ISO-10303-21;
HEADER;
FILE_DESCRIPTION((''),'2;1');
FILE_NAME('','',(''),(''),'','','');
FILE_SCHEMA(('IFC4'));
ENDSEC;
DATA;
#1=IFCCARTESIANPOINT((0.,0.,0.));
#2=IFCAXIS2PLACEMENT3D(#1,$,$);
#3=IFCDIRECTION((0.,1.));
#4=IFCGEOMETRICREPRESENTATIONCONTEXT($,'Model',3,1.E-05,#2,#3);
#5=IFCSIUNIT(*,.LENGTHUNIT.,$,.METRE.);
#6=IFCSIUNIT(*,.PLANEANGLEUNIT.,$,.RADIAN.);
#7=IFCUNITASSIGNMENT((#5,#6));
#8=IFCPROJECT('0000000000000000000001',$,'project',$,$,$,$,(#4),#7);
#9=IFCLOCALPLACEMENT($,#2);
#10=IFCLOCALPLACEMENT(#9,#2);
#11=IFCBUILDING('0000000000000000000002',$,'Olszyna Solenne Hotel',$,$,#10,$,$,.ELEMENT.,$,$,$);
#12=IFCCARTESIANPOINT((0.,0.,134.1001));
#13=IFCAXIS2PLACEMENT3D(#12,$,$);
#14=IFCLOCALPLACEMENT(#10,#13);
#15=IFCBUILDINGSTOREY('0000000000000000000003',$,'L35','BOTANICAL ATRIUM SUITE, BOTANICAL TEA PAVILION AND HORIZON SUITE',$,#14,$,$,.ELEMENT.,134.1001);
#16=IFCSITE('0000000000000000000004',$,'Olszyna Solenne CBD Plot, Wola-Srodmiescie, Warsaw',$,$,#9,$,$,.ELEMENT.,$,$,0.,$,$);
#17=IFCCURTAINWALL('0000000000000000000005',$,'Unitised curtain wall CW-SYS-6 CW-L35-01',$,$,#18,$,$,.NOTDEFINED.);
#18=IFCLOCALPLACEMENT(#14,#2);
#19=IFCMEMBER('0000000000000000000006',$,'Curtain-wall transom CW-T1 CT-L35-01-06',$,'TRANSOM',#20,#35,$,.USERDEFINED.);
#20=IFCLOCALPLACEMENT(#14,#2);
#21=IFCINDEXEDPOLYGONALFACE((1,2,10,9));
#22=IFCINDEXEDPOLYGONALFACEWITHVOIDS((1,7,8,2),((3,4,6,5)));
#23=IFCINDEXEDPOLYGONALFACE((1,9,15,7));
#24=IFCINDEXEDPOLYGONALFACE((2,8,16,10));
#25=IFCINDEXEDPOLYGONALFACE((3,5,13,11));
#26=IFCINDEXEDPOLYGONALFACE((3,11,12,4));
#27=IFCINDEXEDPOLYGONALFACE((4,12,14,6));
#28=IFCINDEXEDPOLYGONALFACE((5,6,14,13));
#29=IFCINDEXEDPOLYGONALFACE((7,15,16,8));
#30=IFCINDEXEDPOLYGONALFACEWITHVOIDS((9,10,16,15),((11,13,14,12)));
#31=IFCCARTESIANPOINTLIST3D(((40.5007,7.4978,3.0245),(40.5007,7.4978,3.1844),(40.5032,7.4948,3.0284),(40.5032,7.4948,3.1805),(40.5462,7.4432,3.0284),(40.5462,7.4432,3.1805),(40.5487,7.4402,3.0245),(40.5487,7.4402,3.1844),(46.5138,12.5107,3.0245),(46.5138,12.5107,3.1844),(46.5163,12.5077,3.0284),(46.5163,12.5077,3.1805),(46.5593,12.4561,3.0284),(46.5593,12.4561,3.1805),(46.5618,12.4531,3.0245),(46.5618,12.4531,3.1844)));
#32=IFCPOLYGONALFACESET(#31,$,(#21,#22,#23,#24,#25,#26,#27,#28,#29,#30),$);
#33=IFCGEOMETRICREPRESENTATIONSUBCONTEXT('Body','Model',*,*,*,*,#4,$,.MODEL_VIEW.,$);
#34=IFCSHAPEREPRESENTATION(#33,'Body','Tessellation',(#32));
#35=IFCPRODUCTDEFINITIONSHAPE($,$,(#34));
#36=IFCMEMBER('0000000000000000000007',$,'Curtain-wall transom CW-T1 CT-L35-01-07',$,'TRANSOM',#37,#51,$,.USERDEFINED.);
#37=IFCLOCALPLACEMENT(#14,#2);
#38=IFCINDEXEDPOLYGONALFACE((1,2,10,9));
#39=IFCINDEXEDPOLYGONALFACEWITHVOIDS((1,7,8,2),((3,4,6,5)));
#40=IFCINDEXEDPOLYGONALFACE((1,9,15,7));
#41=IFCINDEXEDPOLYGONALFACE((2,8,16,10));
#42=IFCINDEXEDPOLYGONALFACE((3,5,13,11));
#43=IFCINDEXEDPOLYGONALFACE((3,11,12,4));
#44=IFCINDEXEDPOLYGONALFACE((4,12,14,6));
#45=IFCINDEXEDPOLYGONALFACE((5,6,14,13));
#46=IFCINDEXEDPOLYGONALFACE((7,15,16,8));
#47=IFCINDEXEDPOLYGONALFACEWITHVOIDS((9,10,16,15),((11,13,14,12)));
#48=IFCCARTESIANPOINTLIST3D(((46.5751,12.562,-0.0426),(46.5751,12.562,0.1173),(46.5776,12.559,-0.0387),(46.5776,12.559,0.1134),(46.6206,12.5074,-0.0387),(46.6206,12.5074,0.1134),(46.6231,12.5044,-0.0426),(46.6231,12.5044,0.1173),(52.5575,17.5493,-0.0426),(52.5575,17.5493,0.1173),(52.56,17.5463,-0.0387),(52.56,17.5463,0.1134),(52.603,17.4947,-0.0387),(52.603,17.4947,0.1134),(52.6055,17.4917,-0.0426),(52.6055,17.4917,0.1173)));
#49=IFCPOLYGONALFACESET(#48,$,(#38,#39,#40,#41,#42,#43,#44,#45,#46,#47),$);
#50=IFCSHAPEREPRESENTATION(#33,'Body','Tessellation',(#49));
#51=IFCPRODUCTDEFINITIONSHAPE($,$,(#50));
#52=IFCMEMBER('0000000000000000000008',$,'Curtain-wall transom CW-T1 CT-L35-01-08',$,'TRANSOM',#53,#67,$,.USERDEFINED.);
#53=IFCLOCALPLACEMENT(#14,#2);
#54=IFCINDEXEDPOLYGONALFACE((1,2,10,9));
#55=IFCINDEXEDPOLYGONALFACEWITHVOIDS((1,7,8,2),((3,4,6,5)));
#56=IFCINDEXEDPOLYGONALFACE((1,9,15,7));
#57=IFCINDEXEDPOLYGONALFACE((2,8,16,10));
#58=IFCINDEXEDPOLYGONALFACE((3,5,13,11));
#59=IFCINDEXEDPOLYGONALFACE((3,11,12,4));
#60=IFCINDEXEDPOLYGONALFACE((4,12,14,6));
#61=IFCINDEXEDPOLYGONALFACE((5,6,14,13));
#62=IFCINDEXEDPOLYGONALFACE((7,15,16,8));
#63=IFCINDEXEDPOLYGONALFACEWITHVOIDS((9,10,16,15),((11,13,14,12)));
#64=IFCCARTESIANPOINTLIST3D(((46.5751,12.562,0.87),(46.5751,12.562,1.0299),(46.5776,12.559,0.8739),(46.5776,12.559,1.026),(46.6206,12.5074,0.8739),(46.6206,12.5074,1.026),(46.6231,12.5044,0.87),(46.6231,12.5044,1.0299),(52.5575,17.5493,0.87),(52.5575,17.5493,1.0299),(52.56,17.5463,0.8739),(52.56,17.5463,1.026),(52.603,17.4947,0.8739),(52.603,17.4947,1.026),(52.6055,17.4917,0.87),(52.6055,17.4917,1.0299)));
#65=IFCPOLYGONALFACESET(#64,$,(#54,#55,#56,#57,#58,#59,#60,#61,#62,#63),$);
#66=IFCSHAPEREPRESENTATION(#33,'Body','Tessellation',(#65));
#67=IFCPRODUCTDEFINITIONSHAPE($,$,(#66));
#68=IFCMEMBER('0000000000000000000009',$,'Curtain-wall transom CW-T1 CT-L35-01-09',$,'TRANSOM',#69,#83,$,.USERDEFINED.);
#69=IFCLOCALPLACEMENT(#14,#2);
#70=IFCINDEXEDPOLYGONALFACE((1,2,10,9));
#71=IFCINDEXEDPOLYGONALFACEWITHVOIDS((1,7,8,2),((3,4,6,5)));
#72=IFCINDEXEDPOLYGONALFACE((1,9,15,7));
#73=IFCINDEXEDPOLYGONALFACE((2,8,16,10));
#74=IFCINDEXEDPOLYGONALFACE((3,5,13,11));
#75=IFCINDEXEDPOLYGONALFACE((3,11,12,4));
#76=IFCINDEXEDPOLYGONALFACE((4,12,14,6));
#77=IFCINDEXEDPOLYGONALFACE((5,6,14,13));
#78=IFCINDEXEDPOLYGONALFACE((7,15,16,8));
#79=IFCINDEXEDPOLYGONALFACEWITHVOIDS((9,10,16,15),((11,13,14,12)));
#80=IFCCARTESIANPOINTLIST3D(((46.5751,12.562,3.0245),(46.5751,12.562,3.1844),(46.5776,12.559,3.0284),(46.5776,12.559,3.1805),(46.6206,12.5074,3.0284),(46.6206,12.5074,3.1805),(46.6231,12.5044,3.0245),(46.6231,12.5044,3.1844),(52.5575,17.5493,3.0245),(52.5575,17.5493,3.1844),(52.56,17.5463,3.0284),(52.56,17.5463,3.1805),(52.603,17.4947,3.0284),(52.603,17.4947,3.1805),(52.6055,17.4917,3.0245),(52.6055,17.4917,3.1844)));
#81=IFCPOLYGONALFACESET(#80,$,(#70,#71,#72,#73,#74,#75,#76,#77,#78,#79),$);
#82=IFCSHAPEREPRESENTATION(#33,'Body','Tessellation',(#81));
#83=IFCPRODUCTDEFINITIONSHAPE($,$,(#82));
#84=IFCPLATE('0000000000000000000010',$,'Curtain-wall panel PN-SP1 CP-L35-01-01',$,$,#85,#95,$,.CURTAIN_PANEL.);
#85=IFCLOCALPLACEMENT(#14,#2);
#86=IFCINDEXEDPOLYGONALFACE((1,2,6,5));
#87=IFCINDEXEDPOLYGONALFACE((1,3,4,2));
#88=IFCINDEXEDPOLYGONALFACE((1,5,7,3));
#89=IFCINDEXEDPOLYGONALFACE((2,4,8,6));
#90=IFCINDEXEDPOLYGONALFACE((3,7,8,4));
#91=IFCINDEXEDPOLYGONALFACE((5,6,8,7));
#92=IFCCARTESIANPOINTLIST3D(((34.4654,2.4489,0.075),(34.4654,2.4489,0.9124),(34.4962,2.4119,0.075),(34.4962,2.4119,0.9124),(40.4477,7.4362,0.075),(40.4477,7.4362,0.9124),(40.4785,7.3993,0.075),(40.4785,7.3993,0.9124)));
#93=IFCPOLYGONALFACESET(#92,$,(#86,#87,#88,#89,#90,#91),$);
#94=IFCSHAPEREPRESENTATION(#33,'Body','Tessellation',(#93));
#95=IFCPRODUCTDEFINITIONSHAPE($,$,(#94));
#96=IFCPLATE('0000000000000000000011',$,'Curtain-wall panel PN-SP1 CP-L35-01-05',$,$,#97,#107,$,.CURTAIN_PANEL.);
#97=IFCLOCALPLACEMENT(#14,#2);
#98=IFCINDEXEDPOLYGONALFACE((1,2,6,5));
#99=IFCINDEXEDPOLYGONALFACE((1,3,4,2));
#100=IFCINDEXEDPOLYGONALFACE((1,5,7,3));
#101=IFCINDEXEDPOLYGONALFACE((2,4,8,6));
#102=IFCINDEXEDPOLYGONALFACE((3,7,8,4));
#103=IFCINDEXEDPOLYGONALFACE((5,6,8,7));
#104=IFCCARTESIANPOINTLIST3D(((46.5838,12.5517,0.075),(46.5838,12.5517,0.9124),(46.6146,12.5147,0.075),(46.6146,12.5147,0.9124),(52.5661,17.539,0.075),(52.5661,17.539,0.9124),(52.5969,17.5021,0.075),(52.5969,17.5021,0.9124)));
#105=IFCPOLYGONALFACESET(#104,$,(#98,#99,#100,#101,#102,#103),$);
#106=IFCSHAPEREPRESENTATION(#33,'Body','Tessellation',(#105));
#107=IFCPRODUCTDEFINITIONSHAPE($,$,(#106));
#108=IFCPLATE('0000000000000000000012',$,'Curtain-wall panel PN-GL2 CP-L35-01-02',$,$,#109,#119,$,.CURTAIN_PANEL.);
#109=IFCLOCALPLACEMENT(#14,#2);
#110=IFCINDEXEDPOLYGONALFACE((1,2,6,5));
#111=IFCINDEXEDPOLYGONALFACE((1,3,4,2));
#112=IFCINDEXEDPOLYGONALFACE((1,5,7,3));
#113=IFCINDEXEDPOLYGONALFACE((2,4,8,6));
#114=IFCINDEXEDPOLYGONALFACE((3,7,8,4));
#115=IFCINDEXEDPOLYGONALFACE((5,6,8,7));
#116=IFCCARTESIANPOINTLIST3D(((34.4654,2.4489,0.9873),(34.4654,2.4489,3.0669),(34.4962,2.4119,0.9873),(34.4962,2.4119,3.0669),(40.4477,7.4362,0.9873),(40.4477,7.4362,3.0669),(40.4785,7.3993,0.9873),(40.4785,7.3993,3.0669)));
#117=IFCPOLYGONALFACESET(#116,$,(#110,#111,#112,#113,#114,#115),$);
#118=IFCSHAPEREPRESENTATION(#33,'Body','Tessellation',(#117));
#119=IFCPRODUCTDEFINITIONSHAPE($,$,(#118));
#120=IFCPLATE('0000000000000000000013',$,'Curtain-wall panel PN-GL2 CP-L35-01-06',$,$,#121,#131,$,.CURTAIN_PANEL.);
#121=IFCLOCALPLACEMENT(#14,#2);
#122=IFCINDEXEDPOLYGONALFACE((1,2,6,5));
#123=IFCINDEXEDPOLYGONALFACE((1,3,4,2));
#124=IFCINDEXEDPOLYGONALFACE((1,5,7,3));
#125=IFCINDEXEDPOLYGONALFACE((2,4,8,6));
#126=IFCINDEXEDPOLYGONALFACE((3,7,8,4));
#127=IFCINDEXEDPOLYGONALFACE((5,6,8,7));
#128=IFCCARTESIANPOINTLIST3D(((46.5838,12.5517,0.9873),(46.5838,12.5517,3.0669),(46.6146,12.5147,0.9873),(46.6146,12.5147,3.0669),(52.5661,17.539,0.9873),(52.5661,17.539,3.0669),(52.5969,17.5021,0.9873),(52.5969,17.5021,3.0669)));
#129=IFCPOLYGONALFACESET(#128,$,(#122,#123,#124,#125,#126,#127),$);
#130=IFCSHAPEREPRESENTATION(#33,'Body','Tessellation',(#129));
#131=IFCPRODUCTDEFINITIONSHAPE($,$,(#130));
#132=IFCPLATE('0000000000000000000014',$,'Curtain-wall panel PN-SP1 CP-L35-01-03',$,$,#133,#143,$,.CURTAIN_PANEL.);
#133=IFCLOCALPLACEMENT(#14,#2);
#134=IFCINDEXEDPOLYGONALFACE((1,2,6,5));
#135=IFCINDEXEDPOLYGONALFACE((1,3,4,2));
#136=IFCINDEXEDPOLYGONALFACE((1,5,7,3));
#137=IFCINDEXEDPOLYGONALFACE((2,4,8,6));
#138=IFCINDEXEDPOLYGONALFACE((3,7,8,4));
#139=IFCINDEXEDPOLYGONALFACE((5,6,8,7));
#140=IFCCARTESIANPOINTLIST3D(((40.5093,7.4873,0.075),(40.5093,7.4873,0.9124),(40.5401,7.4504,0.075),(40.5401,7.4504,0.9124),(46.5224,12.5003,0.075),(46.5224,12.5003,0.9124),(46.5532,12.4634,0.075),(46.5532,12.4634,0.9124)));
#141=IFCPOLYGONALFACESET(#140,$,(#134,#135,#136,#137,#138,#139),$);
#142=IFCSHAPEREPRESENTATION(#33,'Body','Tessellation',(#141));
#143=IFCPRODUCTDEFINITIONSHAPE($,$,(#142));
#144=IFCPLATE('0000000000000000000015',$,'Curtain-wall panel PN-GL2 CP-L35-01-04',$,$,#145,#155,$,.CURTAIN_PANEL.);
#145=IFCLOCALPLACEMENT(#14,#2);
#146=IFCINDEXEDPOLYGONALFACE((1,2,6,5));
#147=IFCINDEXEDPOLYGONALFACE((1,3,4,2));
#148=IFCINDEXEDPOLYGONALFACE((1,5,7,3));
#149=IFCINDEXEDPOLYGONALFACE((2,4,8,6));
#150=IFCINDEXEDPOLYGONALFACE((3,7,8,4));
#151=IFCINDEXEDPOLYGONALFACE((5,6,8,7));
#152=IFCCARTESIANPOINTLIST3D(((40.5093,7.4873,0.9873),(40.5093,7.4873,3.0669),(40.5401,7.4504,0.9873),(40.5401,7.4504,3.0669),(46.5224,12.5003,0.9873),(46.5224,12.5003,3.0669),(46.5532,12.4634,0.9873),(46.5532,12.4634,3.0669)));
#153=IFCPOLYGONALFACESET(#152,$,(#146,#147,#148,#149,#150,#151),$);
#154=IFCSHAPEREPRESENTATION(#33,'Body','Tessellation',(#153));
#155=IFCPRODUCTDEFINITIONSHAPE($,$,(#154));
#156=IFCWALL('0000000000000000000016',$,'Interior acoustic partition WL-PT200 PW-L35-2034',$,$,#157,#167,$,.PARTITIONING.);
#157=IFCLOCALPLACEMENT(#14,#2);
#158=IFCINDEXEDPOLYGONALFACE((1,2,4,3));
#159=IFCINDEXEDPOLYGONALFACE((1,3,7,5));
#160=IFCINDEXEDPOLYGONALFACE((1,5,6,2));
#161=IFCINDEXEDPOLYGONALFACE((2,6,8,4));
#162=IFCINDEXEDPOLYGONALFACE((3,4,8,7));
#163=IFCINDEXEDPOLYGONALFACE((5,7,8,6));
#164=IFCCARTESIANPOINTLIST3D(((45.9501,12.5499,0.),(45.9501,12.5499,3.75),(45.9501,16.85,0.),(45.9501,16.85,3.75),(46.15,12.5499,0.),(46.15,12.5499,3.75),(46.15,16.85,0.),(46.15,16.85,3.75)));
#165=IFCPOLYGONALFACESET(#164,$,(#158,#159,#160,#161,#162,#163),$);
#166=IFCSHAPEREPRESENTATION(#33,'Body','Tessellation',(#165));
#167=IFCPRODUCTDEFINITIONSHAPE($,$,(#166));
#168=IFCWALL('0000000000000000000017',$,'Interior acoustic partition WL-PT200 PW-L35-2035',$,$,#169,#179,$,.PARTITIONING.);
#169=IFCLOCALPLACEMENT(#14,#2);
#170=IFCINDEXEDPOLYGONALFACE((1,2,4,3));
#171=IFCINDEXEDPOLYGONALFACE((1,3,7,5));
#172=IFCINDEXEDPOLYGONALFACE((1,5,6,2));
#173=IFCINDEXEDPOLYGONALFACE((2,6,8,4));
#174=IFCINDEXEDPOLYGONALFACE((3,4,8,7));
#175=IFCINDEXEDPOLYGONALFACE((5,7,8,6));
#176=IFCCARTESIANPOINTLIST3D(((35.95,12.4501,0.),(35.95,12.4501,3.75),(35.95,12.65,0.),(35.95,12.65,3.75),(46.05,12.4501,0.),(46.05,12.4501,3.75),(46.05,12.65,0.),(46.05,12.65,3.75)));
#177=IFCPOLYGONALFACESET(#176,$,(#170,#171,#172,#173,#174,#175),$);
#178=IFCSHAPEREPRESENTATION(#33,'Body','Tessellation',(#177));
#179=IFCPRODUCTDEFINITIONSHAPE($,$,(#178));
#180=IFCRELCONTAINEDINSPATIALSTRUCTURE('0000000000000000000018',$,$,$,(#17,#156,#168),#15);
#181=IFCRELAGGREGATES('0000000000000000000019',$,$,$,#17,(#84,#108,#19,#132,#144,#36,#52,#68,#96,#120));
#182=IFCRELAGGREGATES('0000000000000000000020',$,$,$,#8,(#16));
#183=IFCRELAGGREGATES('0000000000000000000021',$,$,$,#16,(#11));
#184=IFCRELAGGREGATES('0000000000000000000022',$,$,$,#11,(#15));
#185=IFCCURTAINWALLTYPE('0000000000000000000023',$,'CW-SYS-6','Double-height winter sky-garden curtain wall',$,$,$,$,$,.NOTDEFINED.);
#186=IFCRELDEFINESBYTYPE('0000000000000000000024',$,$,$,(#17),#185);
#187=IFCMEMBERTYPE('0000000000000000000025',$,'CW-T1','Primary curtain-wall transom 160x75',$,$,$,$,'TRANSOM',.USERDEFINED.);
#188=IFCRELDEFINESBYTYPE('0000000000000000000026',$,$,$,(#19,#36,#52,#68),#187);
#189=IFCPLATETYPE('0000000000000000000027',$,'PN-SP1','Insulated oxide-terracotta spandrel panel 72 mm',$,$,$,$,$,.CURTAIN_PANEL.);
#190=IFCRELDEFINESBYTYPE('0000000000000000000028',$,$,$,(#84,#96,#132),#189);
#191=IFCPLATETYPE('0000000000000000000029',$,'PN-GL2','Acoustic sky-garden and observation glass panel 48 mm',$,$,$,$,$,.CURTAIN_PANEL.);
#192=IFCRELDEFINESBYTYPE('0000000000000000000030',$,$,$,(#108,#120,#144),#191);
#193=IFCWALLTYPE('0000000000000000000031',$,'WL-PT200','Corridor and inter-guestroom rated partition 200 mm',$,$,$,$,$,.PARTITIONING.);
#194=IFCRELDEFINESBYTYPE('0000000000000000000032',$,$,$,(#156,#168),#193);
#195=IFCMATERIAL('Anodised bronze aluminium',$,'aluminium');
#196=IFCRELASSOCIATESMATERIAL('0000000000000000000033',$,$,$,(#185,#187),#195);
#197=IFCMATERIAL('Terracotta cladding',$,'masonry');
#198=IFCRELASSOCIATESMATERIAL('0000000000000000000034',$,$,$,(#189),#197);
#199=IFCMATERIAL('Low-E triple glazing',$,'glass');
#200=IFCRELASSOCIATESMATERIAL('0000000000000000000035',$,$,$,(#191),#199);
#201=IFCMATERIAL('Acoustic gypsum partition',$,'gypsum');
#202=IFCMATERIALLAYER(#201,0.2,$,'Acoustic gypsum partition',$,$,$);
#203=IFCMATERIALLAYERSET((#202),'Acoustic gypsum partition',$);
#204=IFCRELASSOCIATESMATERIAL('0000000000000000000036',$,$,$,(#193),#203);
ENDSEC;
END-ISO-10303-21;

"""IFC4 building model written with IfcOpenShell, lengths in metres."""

from ifc_helpers import new_model, si_unit, direction, frame, frame_2d, origin, origin_2d, place, context, subcontext, project, spatial, rectangle, hollow_rectangle, extrude, source, transform, mapped, material, layer, layer_set, material_profile, profile_set, type_object, element, aggregate, save


model = new_model("IFC4")

# Units and contexts
model_context = context("Model", 3, precision=1e-05, world=origin(), true_north=direction((0.0, 1.0)))
body_context = subcontext(model_context, "Body", "Model", "MODEL_VIEW")
ifc_project = project(units=[si_unit("LENGTHUNIT", "METRE"), si_unit("PLANEANGLEUNIT", "RADIAN")], contexts=[model_context])

# Site, building, storey
site_placement = place(None, origin())
site = spatial("IfcSite", under=ifc_project, at=site_placement, Name="Olszyna Solenne CBD Plot, Wola-Srodmiescie, Warsaw", CompositionType="ELEMENT", RefElevation=0.0)
building_placement = place(site_placement, origin())
building = spatial("IfcBuilding", under=site, at=building_placement, Name="Olszyna Solenne Hotel", CompositionType="ELEMENT")
storey_placement = place(building_placement, frame((0.0, 0.0, 134.1001)))
storey = spatial("IfcBuildingStorey", under=building, at=storey_placement, Name="L35", Description="BOTANICAL ATRIUM SUITE, BOTANICAL TEA PAVILION AND HORIZON SUITE", CompositionType="ELEMENT", Elevation=134.1001)

# Curtain wall, members, plates
ifc_material_1 = material(Name="Anodised bronze aluminium", Category="aluminium")
curtain_wall_type = type_object("IfcCurtainWallType", Name="CW-SYS-6", Description="Double-height winter sky-garden curtain wall", PredefinedType="NOTDEFINED", material=ifc_material_1)
curtain_wall_placement = place(storey_placement, origin())
curtain_wall = element("IfcCurtainWall", 1, at=curtain_wall_placement, inside=storey, type_object=curtain_wall_type, Name="Unitised curtain wall CW-SYS-6 CW-L35-01", PredefinedType="NOTDEFINED")
ifc_material_profile_1 = material_profile(ifc_material_1, hollow_rectangle(XDim=0.075, YDim=0.1599, WallThickness=0.0039, at=origin_2d()), Name="TRAN 160x75x4", Category="load-bearing")
ifc_profile_set_1 = profile_set([ifc_material_profile_1], Name="Anodised bronze aluminium")
member_type_1 = type_object("IfcMemberType", Name="CW-T1", Description="Primary curtain-wall transom 160x75", ElementType="TRANSOM", PredefinedType="USERDEFINED", material=ifc_profile_set_1)
shared_shape_1 = source(origin(), body_context, "Body", "SweptSolid", [
    extrude(hollow_rectangle(XDim=0.075, YDim=0.1599, WallThickness=0.0039, at=origin_2d()), origin(), (0.0, 0.0, 1.0), 7.8286),
])
member_1_placement = place(storey_placement, frame((40.5247, 7.469, 3.1045), z_axis=(0.768099, 0.640332, 0.0), x_axis=(-0.640332, 0.768099, 0.0)))
member_1 = element("IfcMember", 2, at=member_1_placement, type_object=member_type_1, Name="Curtain-wall transom CW-T1 CT-L35-01-06", ObjectType="TRANSOM", PredefinedType="USERDEFINED", context=body_context, shape_type="MappedRepresentation", body=[
    mapped(shared_shape_1, transform((0.0, 0.0, 0.0), x_axis=(1.0, 0.0, 0.0), y_axis=(0.0, 1.0, 0.0), z_axis=(0.0, 0.0, 1.0), scale=1.0)),
])
shared_shape_2 = source(origin(), body_context, "Body", "SweptSolid", [
    extrude(hollow_rectangle(XDim=0.075, YDim=0.1599, WallThickness=0.0039, at=origin_2d()), origin(), (0.0, 0.0, 1.0), 7.7886),
])
member_2_placement = place(storey_placement, frame((46.5991, 12.5332, 0.0374), z_axis=(0.768098, 0.640332, 0.0), x_axis=(-0.640332, 0.768098, 0.0)))
member_2 = element("IfcMember", 3, at=member_2_placement, type_object=member_type_1, Name="Curtain-wall transom CW-T1 CT-L35-01-07", ObjectType="TRANSOM", PredefinedType="USERDEFINED", context=body_context, shape_type="MappedRepresentation", body=[
    mapped(shared_shape_2, transform((0.0, 0.0, 0.0), x_axis=(1.0, 0.0, 0.0), y_axis=(0.0, 1.0, 0.0), z_axis=(0.0, 0.0, 1.0), scale=1.0)),
])
member_3_placement = place(storey_placement, frame((46.5991, 12.5332, 0.95), z_axis=(0.768098, 0.640332, 0.0), x_axis=(-0.640332, 0.768098, 0.0)))
member_3 = element("IfcMember", 4, at=member_3_placement, type_object=member_type_1, Name="Curtain-wall transom CW-T1 CT-L35-01-08", ObjectType="TRANSOM", PredefinedType="USERDEFINED", context=body_context, shape_type="MappedRepresentation", body=[
    mapped(shared_shape_2, transform((0.0, 0.0, 0.0), x_axis=(1.0, 0.0, 0.0), y_axis=(0.0, 1.0, 0.0), z_axis=(0.0, 0.0, 1.0), scale=1.0)),
])
member_4_placement = place(storey_placement, frame((46.5991, 12.5332, 3.1045), z_axis=(0.768098, 0.640332, 0.0), x_axis=(-0.640332, 0.768098, 0.0)))
member_4 = element("IfcMember", 5, at=member_4_placement, type_object=member_type_1, Name="Curtain-wall transom CW-T1 CT-L35-01-09", ObjectType="TRANSOM", PredefinedType="USERDEFINED", context=body_context, shape_type="MappedRepresentation", body=[
    mapped(shared_shape_2, transform((0.0, 0.0, 0.0), x_axis=(1.0, 0.0, 0.0), y_axis=(0.0, 1.0, 0.0), z_axis=(0.0, 0.0, 1.0), scale=1.0)),
])
ifc_material_2 = material(Name="Terracotta cladding", Category="masonry")
plate_type_1 = type_object("IfcPlateType", Name="PN-SP1", Description="Insulated oxide-terracotta spandrel panel 72 mm", PredefinedType="CURTAIN_PANEL", material=ifc_material_2)
shared_shape_3 = source(origin(), body_context, "Body", "SweptSolid", [
    extrude(rectangle(XDim=7.7886, YDim=0.0481, at=origin_2d()), origin(), (0.0, 0.0, 1.0), 0.8374),
])
plate_1_placement = place(storey_placement, frame((37.4719, 4.9241, 0.075), z_axis=(0.0, 0.0, 1.0), x_axis=(0.768091, 0.64034, 0.0)))
plate_1 = element("IfcPlate", 6, at=plate_1_placement, type_object=plate_type_1, Name="Curtain-wall panel PN-SP1 CP-L35-01-01", PredefinedType="CURTAIN_PANEL", context=body_context, shape_type="MappedRepresentation", body=[
    mapped(shared_shape_3, transform((0.0, 0.0, 0.0), x_axis=(1.0, 0.0, 0.0), y_axis=(0.0, 1.0, 0.0), z_axis=(0.0, 0.0, 1.0), scale=1.0)),
])
plate_2_placement = place(storey_placement, frame((49.5903, 15.0269, 0.075), z_axis=(0.0, 0.0, 1.0), x_axis=(0.768091, 0.64034, 0.0)))
plate_2 = element("IfcPlate", 7, at=plate_2_placement, type_object=plate_type_1, Name="Curtain-wall panel PN-SP1 CP-L35-01-05", PredefinedType="CURTAIN_PANEL", context=body_context, shape_type="MappedRepresentation", body=[
    mapped(shared_shape_3, transform((0.0, 0.0, 0.0), x_axis=(1.0, 0.0, 0.0), y_axis=(0.0, 1.0, 0.0), z_axis=(0.0, 0.0, 1.0), scale=1.0)),
])
ifc_material_3 = material(Name="Low-E triple glazing", Category="glass")
plate_type_2 = type_object("IfcPlateType", Name="PN-GL2", Description="Acoustic sky-garden and observation glass panel 48 mm", PredefinedType="CURTAIN_PANEL", material=ifc_material_3)
shared_shape_4 = source(origin(), body_context, "Body", "SweptSolid", [
    extrude(rectangle(XDim=7.7886, YDim=0.0481, at=origin_2d()), origin(), (0.0, 0.0, 1.0), 2.0796),
])
plate_3_placement = place(storey_placement, frame((37.4719, 4.9241, 0.9873), z_axis=(0.0, 0.0, 1.0), x_axis=(0.768091, 0.64034, 0.0)))
plate_3 = element("IfcPlate", 8, at=plate_3_placement, type_object=plate_type_2, Name="Curtain-wall panel PN-GL2 CP-L35-01-02", PredefinedType="CURTAIN_PANEL", context=body_context, shape_type="MappedRepresentation", body=[
    mapped(shared_shape_4, transform((0.0, 0.0, 0.0), x_axis=(1.0, 0.0, 0.0), y_axis=(0.0, 1.0, 0.0), z_axis=(0.0, 0.0, 1.0), scale=1.0)),
])
plate_4_placement = place(storey_placement, frame((49.5903, 15.0269, 0.9873), z_axis=(0.0, 0.0, 1.0), x_axis=(0.768091, 0.64034, 0.0)))
plate_4 = element("IfcPlate", 9, at=plate_4_placement, type_object=plate_type_2, Name="Curtain-wall panel PN-GL2 CP-L35-01-06", PredefinedType="CURTAIN_PANEL", context=body_context, shape_type="MappedRepresentation", body=[
    mapped(shared_shape_4, transform((0.0, 0.0, 0.0), x_axis=(1.0, 0.0, 0.0), y_axis=(0.0, 1.0, 0.0), z_axis=(0.0, 0.0, 1.0), scale=1.0)),
])
shared_shape_5 = source(origin(), body_context, "Body", "SweptSolid", [
    extrude(rectangle(XDim=7.8286, YDim=0.0481, at=origin_2d()), origin(), (0.0, 0.0, 1.0), 0.8374),
])
plate_5_placement = place(storey_placement, frame((43.5312, 9.9753, 0.075), z_axis=(0.0, 0.0, 1.0), x_axis=(0.768091, 0.64034, 0.0)))
plate_5 = element("IfcPlate", 10, at=plate_5_placement, type_object=plate_type_1, Name="Curtain-wall panel PN-SP1 CP-L35-01-03", PredefinedType="CURTAIN_PANEL", context=body_context, shape_type="MappedRepresentation", body=[
    mapped(shared_shape_5, transform((0.0, 0.0, 0.0), x_axis=(1.0, 0.0, 0.0), y_axis=(0.0, 1.0, 0.0), z_axis=(0.0, 0.0, 1.0), scale=1.0)),
])
shared_shape_6 = source(origin(), body_context, "Body", "SweptSolid", [
    extrude(rectangle(XDim=7.8286, YDim=0.0481, at=origin_2d()), origin(), (0.0, 0.0, 1.0), 2.0796),
])
plate_6_placement = place(storey_placement, frame((43.5312, 9.9753, 0.9873), z_axis=(0.0, 0.0, 1.0), x_axis=(0.768091, 0.64034, 0.0)))
plate_6 = element("IfcPlate", 11, at=plate_6_placement, type_object=plate_type_2, Name="Curtain-wall panel PN-GL2 CP-L35-01-04", PredefinedType="CURTAIN_PANEL", context=body_context, shape_type="MappedRepresentation", body=[
    mapped(shared_shape_6, transform((0.0, 0.0, 0.0), x_axis=(1.0, 0.0, 0.0), y_axis=(0.0, 1.0, 0.0), z_axis=(0.0, 0.0, 1.0), scale=1.0)),
])
aggregate(curtain_wall, [plate_1, plate_3, member_1, plate_5, plate_6, member_2, member_3, member_4, plate_2, plate_4])

# Shared definitions
ifc_material_4 = material(Name="Acoustic gypsum partition", Category="gypsum")
ifc_layer = layer(ifc_material_4, 0.2, Name="Acoustic gypsum partition")
ifc_layer_set = layer_set([ifc_layer], Name="Acoustic gypsum partition")
wall_type = type_object("IfcWallType", Name="WL-PT200", Description="Corridor and inter-guestroom rated partition 200 mm", PredefinedType="PARTITIONING", material=ifc_layer_set)

# Walls
wall_1_placement = place(storey_placement, frame((46.05, 12.55, 0.0), z_axis=(0.0, 0.0, 1.0), x_axis=(0.0, 1.0, 0.0)))
element("IfcWall", 12, at=wall_1_placement, inside=storey, type_object=wall_type, Name="Interior acoustic partition WL-PT200 PW-L35-2034", PredefinedType="PARTITIONING", context=body_context, shape_type="SweptSolid", body=[
    extrude(rectangle(XDim=4.3, YDim=0.2, at=frame_2d((2.1499, 0.0))), origin(), (0.0, 0.0, 1.0), 3.75),
])
wall_2_placement = place(storey_placement, frame((35.95, 12.55, 0.0), z_axis=(0.0, 0.0, 1.0), x_axis=(1.0, 0.0, 0.0)))
element("IfcWall", 13, at=wall_2_placement, inside=storey, type_object=wall_type, Name="Interior acoustic partition WL-PT200 PW-L35-2035", PredefinedType="PARTITIONING", context=body_context, shape_type="SweptSolid", body=[
    extrude(rectangle(XDim=10.1001, YDim=0.2, at=frame_2d((5.05, 0.0))), origin(), (0.0, 0.0, 1.0), 3.75),
])

save(model, "model.ifc")
